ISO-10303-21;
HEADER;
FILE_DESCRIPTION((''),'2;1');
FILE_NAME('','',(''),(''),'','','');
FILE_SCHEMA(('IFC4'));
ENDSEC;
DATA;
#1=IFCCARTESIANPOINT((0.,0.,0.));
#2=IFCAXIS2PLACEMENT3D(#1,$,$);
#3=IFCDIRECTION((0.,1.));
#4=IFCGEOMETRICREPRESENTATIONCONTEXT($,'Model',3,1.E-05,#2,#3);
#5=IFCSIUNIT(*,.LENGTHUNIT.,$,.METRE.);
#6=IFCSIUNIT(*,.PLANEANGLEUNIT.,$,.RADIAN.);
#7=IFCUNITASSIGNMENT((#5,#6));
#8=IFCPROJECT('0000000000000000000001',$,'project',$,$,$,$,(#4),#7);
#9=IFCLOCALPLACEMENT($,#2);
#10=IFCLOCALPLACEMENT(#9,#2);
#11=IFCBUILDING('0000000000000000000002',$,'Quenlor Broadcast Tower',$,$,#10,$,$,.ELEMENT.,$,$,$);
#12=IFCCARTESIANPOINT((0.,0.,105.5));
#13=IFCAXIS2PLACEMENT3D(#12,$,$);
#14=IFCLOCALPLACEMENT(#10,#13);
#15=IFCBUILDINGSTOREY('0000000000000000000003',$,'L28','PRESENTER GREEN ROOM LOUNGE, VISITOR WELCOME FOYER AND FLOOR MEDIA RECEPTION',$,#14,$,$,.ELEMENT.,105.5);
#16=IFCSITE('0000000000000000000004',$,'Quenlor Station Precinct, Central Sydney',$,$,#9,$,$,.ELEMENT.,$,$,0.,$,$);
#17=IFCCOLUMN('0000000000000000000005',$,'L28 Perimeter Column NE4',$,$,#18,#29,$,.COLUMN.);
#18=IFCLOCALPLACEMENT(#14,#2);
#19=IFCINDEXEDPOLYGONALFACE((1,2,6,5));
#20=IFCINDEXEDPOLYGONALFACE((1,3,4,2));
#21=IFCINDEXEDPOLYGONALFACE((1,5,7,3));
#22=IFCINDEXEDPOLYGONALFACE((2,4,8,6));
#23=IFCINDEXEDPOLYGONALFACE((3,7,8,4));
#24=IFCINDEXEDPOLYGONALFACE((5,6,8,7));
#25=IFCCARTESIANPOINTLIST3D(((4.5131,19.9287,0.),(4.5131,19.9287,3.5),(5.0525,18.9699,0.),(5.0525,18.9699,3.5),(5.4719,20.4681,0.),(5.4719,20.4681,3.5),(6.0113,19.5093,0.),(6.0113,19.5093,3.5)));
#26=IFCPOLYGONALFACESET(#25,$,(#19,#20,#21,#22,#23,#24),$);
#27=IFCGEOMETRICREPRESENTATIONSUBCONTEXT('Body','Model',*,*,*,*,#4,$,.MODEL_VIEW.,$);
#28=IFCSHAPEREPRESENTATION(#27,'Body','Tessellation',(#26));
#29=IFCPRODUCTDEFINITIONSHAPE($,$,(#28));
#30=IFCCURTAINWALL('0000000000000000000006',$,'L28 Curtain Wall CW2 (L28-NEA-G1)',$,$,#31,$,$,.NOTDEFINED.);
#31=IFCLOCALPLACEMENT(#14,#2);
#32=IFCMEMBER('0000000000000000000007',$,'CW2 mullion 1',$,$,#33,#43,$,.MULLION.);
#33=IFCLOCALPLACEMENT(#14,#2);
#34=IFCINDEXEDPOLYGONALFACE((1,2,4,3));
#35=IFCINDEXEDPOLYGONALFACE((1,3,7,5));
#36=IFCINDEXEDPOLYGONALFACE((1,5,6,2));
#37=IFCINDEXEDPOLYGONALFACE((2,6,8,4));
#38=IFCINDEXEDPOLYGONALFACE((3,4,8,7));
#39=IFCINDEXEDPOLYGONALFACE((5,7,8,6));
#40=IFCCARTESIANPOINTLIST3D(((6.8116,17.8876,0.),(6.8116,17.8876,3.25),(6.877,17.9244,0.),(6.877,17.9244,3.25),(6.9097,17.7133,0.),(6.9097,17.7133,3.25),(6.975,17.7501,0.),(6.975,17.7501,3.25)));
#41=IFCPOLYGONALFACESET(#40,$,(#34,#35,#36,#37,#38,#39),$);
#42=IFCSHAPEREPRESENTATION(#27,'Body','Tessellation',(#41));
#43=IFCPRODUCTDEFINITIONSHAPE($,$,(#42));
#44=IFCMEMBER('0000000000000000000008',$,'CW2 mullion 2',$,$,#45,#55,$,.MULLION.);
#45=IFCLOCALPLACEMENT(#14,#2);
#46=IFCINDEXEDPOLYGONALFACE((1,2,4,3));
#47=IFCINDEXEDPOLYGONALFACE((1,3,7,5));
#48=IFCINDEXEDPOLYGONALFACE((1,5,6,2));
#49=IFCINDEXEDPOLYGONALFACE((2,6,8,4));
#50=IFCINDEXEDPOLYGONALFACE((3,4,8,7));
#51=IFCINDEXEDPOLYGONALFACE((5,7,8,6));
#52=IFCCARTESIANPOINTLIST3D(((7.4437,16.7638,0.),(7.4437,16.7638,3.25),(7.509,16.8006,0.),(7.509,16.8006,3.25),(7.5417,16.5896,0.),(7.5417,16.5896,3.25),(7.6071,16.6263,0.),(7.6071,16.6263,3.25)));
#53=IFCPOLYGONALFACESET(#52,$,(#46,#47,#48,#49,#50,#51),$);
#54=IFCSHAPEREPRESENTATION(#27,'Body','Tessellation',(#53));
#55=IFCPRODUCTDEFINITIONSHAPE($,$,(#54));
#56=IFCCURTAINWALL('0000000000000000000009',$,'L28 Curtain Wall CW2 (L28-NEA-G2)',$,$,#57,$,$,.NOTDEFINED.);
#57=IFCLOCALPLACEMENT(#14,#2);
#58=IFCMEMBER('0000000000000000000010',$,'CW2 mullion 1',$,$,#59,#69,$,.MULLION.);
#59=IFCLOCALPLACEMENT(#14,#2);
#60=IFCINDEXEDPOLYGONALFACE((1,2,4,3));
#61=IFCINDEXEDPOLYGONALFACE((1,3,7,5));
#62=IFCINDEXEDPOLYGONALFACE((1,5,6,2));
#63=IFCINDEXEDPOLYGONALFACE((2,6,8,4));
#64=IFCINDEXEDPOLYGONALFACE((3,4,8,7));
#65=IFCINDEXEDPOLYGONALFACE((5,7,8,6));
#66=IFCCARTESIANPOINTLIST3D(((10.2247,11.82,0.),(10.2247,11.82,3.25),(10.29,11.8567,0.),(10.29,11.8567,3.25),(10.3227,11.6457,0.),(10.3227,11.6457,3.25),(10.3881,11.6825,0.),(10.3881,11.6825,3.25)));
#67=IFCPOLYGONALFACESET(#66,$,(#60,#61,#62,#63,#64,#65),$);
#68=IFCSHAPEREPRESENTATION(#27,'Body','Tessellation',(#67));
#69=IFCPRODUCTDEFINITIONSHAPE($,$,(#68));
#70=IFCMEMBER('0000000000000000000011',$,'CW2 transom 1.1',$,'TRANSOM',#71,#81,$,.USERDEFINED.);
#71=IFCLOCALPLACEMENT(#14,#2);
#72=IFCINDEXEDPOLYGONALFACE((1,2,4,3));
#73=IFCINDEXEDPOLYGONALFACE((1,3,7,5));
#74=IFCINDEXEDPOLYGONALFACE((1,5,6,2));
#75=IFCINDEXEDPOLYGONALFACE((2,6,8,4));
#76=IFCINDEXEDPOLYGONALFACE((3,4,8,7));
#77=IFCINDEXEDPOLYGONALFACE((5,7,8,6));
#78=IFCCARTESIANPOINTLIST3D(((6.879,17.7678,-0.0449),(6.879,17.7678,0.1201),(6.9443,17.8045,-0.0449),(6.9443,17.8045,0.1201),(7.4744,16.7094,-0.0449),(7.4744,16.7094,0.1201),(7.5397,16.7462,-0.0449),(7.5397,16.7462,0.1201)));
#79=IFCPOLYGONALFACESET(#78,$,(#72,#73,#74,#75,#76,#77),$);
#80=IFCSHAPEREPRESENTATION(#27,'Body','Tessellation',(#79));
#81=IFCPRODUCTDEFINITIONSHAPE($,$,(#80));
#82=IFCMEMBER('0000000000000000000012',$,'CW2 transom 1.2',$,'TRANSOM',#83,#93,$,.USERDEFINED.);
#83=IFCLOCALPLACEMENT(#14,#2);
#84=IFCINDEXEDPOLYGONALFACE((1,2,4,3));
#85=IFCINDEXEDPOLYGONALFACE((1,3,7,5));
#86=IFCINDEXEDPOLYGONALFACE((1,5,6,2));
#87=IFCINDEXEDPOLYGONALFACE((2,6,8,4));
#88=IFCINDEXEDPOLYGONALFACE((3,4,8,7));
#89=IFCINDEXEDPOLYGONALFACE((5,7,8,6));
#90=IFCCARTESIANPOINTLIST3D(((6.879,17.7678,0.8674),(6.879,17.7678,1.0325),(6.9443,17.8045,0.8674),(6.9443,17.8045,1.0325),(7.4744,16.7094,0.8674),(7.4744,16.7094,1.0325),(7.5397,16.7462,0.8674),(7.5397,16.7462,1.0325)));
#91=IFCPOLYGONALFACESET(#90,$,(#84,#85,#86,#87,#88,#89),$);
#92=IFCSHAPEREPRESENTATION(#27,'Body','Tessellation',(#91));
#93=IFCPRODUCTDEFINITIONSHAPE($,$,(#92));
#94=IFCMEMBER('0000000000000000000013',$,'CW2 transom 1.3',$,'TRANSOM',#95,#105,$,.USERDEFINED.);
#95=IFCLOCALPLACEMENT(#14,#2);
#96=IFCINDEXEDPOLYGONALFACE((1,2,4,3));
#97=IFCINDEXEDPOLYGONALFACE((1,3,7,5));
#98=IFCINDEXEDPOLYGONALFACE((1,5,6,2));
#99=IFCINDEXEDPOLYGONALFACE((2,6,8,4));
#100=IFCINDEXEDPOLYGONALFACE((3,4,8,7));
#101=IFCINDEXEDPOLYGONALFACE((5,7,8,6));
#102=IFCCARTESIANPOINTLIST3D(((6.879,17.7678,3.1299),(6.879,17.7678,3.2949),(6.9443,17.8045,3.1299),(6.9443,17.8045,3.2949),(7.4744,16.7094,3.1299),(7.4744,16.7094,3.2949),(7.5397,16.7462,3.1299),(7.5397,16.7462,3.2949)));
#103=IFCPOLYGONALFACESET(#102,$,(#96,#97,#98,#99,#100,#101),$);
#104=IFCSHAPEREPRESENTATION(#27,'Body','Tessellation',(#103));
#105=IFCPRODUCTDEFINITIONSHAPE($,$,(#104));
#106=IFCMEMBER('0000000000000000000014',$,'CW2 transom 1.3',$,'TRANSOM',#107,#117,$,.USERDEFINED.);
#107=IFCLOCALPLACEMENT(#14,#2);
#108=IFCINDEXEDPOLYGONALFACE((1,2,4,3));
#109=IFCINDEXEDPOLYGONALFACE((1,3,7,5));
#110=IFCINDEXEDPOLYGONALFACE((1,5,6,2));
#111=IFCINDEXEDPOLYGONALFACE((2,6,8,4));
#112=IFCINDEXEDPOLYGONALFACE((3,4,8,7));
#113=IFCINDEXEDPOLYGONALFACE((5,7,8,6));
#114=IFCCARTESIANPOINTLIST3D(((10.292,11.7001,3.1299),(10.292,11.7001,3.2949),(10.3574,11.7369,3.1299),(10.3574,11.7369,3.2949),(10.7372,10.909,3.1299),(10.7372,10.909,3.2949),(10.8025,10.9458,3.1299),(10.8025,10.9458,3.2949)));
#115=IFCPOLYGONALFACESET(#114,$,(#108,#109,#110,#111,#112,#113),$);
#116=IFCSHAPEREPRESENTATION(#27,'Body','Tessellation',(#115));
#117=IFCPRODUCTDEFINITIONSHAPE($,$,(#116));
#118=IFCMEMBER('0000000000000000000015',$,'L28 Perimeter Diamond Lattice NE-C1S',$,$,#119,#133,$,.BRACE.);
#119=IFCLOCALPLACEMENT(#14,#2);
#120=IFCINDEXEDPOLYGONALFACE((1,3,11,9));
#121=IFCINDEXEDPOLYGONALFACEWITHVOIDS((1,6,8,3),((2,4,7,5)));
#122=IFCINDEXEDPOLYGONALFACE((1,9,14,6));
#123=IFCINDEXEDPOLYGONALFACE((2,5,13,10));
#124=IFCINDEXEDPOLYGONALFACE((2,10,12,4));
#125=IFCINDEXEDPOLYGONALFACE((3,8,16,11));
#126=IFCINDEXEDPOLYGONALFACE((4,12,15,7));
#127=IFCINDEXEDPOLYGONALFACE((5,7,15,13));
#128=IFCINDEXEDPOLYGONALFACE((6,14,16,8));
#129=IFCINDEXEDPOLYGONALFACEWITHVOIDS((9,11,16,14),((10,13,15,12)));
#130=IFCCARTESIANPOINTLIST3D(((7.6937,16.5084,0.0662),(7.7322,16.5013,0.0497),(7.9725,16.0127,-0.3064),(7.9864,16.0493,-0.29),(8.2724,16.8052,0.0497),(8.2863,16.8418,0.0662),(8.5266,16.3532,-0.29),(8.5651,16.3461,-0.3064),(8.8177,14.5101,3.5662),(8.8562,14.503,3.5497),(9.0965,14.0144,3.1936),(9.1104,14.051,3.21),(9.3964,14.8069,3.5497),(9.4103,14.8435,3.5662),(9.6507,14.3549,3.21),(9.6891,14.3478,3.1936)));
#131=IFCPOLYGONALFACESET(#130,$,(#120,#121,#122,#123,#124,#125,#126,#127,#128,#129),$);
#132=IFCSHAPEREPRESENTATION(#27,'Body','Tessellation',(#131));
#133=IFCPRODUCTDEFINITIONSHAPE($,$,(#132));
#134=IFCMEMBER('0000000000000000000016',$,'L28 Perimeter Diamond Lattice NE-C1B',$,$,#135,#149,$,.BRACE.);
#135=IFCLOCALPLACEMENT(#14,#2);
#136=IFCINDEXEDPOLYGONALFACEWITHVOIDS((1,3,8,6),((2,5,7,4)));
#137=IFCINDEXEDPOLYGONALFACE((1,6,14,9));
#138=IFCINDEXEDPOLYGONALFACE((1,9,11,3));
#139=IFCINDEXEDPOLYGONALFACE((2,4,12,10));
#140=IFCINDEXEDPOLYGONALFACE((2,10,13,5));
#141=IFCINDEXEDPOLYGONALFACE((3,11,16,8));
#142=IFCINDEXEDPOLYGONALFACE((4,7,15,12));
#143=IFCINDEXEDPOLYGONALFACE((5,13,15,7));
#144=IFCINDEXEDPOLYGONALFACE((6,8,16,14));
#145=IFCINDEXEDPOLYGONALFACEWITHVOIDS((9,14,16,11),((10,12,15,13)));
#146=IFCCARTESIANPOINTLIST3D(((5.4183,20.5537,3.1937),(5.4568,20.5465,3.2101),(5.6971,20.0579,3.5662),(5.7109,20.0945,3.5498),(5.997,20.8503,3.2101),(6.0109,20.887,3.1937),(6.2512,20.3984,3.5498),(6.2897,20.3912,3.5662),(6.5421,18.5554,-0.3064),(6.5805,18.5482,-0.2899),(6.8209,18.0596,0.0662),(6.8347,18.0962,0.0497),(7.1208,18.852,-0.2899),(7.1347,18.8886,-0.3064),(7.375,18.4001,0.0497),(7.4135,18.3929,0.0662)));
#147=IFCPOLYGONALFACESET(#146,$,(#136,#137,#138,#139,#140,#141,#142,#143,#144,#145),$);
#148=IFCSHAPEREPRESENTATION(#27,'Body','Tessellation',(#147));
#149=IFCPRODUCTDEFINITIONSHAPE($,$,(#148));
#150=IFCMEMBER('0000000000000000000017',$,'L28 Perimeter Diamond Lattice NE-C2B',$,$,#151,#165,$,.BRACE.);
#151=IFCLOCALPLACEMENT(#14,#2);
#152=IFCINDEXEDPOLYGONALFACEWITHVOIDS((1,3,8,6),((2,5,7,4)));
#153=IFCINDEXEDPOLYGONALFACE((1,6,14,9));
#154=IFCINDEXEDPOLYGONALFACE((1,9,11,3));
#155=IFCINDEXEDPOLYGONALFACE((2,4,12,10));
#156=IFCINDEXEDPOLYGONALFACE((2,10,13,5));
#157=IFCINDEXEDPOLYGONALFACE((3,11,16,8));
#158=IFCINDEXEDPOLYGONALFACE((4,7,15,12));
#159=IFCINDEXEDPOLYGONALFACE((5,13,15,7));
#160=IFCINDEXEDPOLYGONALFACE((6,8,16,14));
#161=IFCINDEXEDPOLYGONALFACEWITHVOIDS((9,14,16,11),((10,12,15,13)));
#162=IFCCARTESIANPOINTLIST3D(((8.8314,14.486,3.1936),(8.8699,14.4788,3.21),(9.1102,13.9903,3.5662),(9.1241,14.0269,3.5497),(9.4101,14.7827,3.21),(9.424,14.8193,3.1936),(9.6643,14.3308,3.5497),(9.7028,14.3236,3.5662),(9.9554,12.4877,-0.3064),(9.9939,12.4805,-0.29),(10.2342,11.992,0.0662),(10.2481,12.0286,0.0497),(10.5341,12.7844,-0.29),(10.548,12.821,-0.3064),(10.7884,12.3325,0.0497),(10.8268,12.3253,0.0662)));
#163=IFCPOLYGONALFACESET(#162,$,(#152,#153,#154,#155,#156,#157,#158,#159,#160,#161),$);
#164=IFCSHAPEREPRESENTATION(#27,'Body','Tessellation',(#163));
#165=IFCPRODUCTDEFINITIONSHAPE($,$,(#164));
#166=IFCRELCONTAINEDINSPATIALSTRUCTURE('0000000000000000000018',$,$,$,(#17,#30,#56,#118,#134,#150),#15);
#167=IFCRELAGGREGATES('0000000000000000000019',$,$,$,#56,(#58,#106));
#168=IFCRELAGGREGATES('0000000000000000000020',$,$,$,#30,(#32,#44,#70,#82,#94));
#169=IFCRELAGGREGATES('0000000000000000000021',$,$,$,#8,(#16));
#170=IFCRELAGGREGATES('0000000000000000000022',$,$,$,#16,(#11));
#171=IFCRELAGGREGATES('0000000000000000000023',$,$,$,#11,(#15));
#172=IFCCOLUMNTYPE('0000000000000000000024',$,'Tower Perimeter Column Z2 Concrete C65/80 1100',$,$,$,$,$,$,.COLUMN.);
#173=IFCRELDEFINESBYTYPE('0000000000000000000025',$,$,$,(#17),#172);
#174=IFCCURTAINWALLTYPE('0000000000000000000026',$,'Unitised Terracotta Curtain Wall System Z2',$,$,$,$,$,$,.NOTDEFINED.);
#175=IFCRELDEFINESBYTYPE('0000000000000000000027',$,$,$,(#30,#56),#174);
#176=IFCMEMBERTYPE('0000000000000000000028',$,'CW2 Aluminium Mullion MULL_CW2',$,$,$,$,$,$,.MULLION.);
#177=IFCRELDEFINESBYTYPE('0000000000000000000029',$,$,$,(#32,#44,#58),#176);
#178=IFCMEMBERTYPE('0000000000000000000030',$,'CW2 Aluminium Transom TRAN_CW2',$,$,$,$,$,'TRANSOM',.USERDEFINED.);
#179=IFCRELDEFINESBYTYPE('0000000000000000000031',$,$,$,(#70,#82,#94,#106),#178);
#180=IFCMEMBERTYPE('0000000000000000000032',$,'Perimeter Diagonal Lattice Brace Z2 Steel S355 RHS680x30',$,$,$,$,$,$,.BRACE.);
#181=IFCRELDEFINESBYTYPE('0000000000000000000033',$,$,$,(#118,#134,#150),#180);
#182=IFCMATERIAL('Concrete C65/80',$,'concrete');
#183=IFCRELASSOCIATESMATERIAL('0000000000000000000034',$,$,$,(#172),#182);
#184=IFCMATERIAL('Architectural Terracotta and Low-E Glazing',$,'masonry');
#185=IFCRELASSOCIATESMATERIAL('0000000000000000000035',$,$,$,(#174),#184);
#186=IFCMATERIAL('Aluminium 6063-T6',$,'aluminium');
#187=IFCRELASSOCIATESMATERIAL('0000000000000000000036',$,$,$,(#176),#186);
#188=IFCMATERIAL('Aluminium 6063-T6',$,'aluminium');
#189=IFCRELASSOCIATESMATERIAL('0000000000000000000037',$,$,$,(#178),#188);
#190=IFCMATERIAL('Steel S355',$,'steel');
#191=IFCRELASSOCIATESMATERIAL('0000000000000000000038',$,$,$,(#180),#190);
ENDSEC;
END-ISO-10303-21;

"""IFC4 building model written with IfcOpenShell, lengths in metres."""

from ifc_helpers import new_model, si_unit, direction, frame, origin, origin_2d, place, context, subcontext, project, spatial, rectangle, hollow_rectangle, extrude, material, material_profile, profile_set, type_object, element, aggregate, save


model = new_model("IFC4")

# Units and contexts
model_context = context("Model", 3, precision=1e-05, world=origin(), true_north=direction((0.0, 1.0)))
body_context = subcontext(model_context, "Body", "Model", "MODEL_VIEW")
ifc_project = project(units=[si_unit("LENGTHUNIT", "METRE"), si_unit("PLANEANGLEUNIT", "RADIAN")], contexts=[model_context])

# Site, building, storey
site_placement = place(None, origin())
site = spatial("IfcSite", under=ifc_project, at=site_placement, Name="Quenlor Station Precinct, Central Sydney", CompositionType="ELEMENT", RefElevation=0.0)
building_placement = place(site_placement, origin())
building = spatial("IfcBuilding", under=site, at=building_placement, Name="Quenlor Broadcast Tower", CompositionType="ELEMENT")
storey_placement = place(building_placement, frame((0.0, 0.0, 105.5)))
storey = spatial("IfcBuildingStorey", under=building, at=storey_placement, Name="L28", Description="PRESENTER GREEN ROOM LOUNGE, VISITOR WELCOME FOYER AND FLOOR MEDIA RECEPTION", CompositionType="ELEMENT", Elevation=105.5)

# Column
ifc_material_1 = material(Name="Concrete C65/80", Category="concrete")
ifc_material_profile_1 = material_profile(ifc_material_1, rectangle(XDim=1.1001, YDim=1.1001, at=origin_2d()))
ifc_profile_set_1 = profile_set([ifc_material_profile_1], Name="Concrete C65/80 RC1100x1100")
column_type = type_object("IfcColumnType", Name="Tower Perimeter Column Z2 Concrete C65/80 1100", PredefinedType="COLUMN", material=ifc_profile_set_1)
column_placement = place(storey_placement, frame((5.2622, 19.719, 0.0), z_axis=(0.0, 0.0, 1.0), x_axis=(0.871575, 0.490262, 0.0)))
element("IfcColumn", 1, at=column_placement, inside=storey, type_object=column_type, Name="L28 Perimeter Column NE4", PredefinedType="COLUMN", context=body_context, shape_type="SweptSolid", body=[
    extrude(rectangle(XDim=1.1001, YDim=1.1001, at=origin_2d()), origin(), (0.0, 0.0, 1.0), 3.5),
])

# Curtain wall, members
ifc_material_2 = material(Name="Architectural Terracotta and Low-E Glazing", Category="masonry")
curtain_wall_type = type_object("IfcCurtainWallType", Name="Unitised Terracotta Curtain Wall System Z2", PredefinedType="NOTDEFINED", material=ifc_material_2)
curtain_wall_1_placement = place(storey_placement, origin())
curtain_wall_1 = element("IfcCurtainWall", 2, at=curtain_wall_1_placement, inside=storey, type_object=curtain_wall_type, Name="L28 Curtain Wall CW2 (L28-NEA-G1)", PredefinedType="NOTDEFINED")
ifc_material_3 = material(Name="Aluminium 6063-T6", Category="aluminium")
ifc_material_profile_2 = material_profile(ifc_material_3, rectangle(XDim=0.075, YDim=0.2, at=origin_2d()))
ifc_profile_set_2 = profile_set([ifc_material_profile_2], Name="Aluminium 6063-T6 MULL75x200")
member_type_1 = type_object("IfcMemberType", Name="CW2 Aluminium Mullion MULL_CW2", PredefinedType="MULLION", material=ifc_profile_set_2)
member_1_placement = place(storey_placement, frame((6.8933, 17.8188, 0.0), z_axis=(0.0, 0.0, 1.0), x_axis=(0.871583, 0.490247, 0.0)))
member_1 = element("IfcMember", 3, at=member_1_placement, type_object=member_type_1, Name="CW2 mullion 1", PredefinedType="MULLION", context=body_context, shape_type="SweptSolid", body=[
    extrude(rectangle(XDim=0.075, YDim=0.2, at=origin_2d()), origin(), (0.0, 0.0, 1.0), 3.25),
])
member_2_placement = place(storey_placement, frame((7.5254, 16.6951, 0.0), z_axis=(0.0, 0.0, 1.0), x_axis=(0.871583, 0.490247, 0.0)))
member_2 = element("IfcMember", 4, at=member_2_placement, type_object=member_type_1, Name="CW2 mullion 2", PredefinedType="MULLION", context=body_context, shape_type="SweptSolid", body=[
    extrude(rectangle(XDim=0.075, YDim=0.2, at=origin_2d()), origin(), (0.0, 0.0, 1.0), 3.25),
])

# Curtain wall, member
curtain_wall_2_placement = place(storey_placement, origin())
curtain_wall_2 = element("IfcCurtainWall", 5, at=curtain_wall_2_placement, inside=storey, type_object=curtain_wall_type, Name="L28 Curtain Wall CW2 (L28-NEA-G2)", PredefinedType="NOTDEFINED")
member_3_placement = place(storey_placement, frame((10.3064, 11.7512, 0.0), z_axis=(0.0, 0.0, 1.0), x_axis=(0.871581, 0.490252, 0.0)))
member_3 = element("IfcMember", 6, at=member_3_placement, type_object=member_type_1, Name="CW2 mullion 1", PredefinedType="MULLION", context=body_context, shape_type="SweptSolid", body=[
    extrude(rectangle(XDim=0.075, YDim=0.2, at=origin_2d()), origin(), (0.0, 0.0, 1.0), 3.25),
])

# Members
ifc_material_4 = material(Name="Aluminium 6063-T6", Category="aluminium")
ifc_material_profile_3 = material_profile(ifc_material_4, rectangle(XDim=0.075, YDim=0.165, at=origin_2d()))
ifc_profile_set_3 = profile_set([ifc_material_profile_3], Name="Aluminium 6063-T6 TRAN75x165")
member_type_2 = type_object("IfcMemberType", Name="CW2 Aluminium Transom TRAN_CW2", ElementType="TRANSOM", PredefinedType="USERDEFINED", material=ifc_profile_set_3)
member_4_placement = place(storey_placement, frame((6.9116, 17.7861, 0.0376), z_axis=(0.490347, -0.871527, 0.0), x_axis=(0.871527, 0.490347, 0.0)))
member_4 = element("IfcMember", 7, at=member_4_placement, type_object=member_type_2, Name="CW2 transom 1.1", ObjectType="TRANSOM", PredefinedType="USERDEFINED", context=body_context, shape_type="SweptSolid", body=[
    extrude(rectangle(XDim=0.075, YDim=0.165, at=origin_2d()), origin(), (0.0, 0.0, 1.0), 1.2144),
])
member_5_placement = place(storey_placement, frame((6.9116, 17.7861, 0.95), z_axis=(0.490347, -0.871527, 0.0), x_axis=(0.871527, 0.490347, 0.0)))
member_5 = element("IfcMember", 8, at=member_5_placement, type_object=member_type_2, Name="CW2 transom 1.2", ObjectType="TRANSOM", PredefinedType="USERDEFINED", context=body_context, shape_type="SweptSolid", body=[
    extrude(rectangle(XDim=0.075, YDim=0.165, at=origin_2d()), origin(), (0.0, 0.0, 1.0), 1.2144),
])
member_6_placement = place(storey_placement, frame((6.9116, 17.7861, 3.2124), z_axis=(0.490347, -0.871527, 0.0), x_axis=(0.871527, 0.490347, 0.0)))
member_6 = element("IfcMember", 9, at=member_6_placement, type_object=member_type_2, Name="CW2 transom 1.3", ObjectType="TRANSOM", PredefinedType="USERDEFINED", context=body_context, shape_type="SweptSolid", body=[
    extrude(rectangle(XDim=0.075, YDim=0.165, at=origin_2d()), origin(), (0.0, 0.0, 1.0), 1.2144),
])
member_7_placement = place(storey_placement, frame((10.3247, 11.7185, 3.2124), z_axis=(0.490363, -0.871518, 0.0), x_axis=(0.871518, 0.490363, 0.0)))
member_7 = element("IfcMember", 10, at=member_7_placement, type_object=member_type_2, Name="CW2 transom 1.3", ObjectType="TRANSOM", PredefinedType="USERDEFINED", context=body_context, shape_type="SweptSolid", body=[
    extrude(rectangle(XDim=0.075, YDim=0.165, at=origin_2d()), origin(), (0.0, 0.0, 1.0), 0.9077),
])
aggregate(curtain_wall_2, [member_3, member_7])

# Members
ifc_material_5 = material(Name="Steel S355", Category="steel")
ifc_material_profile_4 = material_profile(ifc_material_5, hollow_rectangle(XDim=0.6799, YDim=0.6799, WallThickness=0.03, at=origin_2d()))
ifc_profile_set_4 = profile_set([ifc_material_profile_4], Name="Steel S355 RHS680x680x30")
member_type_3 = type_object("IfcMemberType", Name="Perimeter Diagonal Lattice Brace Z2 Steel S355 RHS680x30", PredefinedType="BRACE", material=ifc_profile_set_4)
for number, where, z_axis, x_axis, name in (
    (11, (8.1294, 16.4272, -0.1201), (0.268642, -0.477593, 0.836502), (0.871578, 0.490256, 0.0), "L28 Perimeter Diamond Lattice NE-C1S"),
    (12, (6.9778, 18.4741, -0.1201), (-0.268588, 0.4776, 0.836516), (-0.871624, -0.490175, 0.0), "L28 Perimeter Diamond Lattice NE-C1B"),
    (13, (10.3911, 12.4065, -0.1201), (-0.268642, 0.477593, 0.836502), (-0.871578, -0.490256, 0.0), "L28 Perimeter Diamond Lattice NE-C2B"),
):
    element("IfcMember", number, at=place(storey_placement, frame(where, z_axis=z_axis, x_axis=x_axis)), inside=storey, type_object=member_type_3, Name=name, PredefinedType="BRACE", context=body_context, shape_type="SweptSolid", body=[
        extrude(hollow_rectangle(XDim=0.6799, YDim=0.6799, WallThickness=0.03, at=origin_2d()), origin(), (0.0, 0.0, 1.0), 4.1841),
    ])

aggregate(curtain_wall_1, [member_1, member_2, member_4, member_5, member_6])

save(model, "model.ifc")
